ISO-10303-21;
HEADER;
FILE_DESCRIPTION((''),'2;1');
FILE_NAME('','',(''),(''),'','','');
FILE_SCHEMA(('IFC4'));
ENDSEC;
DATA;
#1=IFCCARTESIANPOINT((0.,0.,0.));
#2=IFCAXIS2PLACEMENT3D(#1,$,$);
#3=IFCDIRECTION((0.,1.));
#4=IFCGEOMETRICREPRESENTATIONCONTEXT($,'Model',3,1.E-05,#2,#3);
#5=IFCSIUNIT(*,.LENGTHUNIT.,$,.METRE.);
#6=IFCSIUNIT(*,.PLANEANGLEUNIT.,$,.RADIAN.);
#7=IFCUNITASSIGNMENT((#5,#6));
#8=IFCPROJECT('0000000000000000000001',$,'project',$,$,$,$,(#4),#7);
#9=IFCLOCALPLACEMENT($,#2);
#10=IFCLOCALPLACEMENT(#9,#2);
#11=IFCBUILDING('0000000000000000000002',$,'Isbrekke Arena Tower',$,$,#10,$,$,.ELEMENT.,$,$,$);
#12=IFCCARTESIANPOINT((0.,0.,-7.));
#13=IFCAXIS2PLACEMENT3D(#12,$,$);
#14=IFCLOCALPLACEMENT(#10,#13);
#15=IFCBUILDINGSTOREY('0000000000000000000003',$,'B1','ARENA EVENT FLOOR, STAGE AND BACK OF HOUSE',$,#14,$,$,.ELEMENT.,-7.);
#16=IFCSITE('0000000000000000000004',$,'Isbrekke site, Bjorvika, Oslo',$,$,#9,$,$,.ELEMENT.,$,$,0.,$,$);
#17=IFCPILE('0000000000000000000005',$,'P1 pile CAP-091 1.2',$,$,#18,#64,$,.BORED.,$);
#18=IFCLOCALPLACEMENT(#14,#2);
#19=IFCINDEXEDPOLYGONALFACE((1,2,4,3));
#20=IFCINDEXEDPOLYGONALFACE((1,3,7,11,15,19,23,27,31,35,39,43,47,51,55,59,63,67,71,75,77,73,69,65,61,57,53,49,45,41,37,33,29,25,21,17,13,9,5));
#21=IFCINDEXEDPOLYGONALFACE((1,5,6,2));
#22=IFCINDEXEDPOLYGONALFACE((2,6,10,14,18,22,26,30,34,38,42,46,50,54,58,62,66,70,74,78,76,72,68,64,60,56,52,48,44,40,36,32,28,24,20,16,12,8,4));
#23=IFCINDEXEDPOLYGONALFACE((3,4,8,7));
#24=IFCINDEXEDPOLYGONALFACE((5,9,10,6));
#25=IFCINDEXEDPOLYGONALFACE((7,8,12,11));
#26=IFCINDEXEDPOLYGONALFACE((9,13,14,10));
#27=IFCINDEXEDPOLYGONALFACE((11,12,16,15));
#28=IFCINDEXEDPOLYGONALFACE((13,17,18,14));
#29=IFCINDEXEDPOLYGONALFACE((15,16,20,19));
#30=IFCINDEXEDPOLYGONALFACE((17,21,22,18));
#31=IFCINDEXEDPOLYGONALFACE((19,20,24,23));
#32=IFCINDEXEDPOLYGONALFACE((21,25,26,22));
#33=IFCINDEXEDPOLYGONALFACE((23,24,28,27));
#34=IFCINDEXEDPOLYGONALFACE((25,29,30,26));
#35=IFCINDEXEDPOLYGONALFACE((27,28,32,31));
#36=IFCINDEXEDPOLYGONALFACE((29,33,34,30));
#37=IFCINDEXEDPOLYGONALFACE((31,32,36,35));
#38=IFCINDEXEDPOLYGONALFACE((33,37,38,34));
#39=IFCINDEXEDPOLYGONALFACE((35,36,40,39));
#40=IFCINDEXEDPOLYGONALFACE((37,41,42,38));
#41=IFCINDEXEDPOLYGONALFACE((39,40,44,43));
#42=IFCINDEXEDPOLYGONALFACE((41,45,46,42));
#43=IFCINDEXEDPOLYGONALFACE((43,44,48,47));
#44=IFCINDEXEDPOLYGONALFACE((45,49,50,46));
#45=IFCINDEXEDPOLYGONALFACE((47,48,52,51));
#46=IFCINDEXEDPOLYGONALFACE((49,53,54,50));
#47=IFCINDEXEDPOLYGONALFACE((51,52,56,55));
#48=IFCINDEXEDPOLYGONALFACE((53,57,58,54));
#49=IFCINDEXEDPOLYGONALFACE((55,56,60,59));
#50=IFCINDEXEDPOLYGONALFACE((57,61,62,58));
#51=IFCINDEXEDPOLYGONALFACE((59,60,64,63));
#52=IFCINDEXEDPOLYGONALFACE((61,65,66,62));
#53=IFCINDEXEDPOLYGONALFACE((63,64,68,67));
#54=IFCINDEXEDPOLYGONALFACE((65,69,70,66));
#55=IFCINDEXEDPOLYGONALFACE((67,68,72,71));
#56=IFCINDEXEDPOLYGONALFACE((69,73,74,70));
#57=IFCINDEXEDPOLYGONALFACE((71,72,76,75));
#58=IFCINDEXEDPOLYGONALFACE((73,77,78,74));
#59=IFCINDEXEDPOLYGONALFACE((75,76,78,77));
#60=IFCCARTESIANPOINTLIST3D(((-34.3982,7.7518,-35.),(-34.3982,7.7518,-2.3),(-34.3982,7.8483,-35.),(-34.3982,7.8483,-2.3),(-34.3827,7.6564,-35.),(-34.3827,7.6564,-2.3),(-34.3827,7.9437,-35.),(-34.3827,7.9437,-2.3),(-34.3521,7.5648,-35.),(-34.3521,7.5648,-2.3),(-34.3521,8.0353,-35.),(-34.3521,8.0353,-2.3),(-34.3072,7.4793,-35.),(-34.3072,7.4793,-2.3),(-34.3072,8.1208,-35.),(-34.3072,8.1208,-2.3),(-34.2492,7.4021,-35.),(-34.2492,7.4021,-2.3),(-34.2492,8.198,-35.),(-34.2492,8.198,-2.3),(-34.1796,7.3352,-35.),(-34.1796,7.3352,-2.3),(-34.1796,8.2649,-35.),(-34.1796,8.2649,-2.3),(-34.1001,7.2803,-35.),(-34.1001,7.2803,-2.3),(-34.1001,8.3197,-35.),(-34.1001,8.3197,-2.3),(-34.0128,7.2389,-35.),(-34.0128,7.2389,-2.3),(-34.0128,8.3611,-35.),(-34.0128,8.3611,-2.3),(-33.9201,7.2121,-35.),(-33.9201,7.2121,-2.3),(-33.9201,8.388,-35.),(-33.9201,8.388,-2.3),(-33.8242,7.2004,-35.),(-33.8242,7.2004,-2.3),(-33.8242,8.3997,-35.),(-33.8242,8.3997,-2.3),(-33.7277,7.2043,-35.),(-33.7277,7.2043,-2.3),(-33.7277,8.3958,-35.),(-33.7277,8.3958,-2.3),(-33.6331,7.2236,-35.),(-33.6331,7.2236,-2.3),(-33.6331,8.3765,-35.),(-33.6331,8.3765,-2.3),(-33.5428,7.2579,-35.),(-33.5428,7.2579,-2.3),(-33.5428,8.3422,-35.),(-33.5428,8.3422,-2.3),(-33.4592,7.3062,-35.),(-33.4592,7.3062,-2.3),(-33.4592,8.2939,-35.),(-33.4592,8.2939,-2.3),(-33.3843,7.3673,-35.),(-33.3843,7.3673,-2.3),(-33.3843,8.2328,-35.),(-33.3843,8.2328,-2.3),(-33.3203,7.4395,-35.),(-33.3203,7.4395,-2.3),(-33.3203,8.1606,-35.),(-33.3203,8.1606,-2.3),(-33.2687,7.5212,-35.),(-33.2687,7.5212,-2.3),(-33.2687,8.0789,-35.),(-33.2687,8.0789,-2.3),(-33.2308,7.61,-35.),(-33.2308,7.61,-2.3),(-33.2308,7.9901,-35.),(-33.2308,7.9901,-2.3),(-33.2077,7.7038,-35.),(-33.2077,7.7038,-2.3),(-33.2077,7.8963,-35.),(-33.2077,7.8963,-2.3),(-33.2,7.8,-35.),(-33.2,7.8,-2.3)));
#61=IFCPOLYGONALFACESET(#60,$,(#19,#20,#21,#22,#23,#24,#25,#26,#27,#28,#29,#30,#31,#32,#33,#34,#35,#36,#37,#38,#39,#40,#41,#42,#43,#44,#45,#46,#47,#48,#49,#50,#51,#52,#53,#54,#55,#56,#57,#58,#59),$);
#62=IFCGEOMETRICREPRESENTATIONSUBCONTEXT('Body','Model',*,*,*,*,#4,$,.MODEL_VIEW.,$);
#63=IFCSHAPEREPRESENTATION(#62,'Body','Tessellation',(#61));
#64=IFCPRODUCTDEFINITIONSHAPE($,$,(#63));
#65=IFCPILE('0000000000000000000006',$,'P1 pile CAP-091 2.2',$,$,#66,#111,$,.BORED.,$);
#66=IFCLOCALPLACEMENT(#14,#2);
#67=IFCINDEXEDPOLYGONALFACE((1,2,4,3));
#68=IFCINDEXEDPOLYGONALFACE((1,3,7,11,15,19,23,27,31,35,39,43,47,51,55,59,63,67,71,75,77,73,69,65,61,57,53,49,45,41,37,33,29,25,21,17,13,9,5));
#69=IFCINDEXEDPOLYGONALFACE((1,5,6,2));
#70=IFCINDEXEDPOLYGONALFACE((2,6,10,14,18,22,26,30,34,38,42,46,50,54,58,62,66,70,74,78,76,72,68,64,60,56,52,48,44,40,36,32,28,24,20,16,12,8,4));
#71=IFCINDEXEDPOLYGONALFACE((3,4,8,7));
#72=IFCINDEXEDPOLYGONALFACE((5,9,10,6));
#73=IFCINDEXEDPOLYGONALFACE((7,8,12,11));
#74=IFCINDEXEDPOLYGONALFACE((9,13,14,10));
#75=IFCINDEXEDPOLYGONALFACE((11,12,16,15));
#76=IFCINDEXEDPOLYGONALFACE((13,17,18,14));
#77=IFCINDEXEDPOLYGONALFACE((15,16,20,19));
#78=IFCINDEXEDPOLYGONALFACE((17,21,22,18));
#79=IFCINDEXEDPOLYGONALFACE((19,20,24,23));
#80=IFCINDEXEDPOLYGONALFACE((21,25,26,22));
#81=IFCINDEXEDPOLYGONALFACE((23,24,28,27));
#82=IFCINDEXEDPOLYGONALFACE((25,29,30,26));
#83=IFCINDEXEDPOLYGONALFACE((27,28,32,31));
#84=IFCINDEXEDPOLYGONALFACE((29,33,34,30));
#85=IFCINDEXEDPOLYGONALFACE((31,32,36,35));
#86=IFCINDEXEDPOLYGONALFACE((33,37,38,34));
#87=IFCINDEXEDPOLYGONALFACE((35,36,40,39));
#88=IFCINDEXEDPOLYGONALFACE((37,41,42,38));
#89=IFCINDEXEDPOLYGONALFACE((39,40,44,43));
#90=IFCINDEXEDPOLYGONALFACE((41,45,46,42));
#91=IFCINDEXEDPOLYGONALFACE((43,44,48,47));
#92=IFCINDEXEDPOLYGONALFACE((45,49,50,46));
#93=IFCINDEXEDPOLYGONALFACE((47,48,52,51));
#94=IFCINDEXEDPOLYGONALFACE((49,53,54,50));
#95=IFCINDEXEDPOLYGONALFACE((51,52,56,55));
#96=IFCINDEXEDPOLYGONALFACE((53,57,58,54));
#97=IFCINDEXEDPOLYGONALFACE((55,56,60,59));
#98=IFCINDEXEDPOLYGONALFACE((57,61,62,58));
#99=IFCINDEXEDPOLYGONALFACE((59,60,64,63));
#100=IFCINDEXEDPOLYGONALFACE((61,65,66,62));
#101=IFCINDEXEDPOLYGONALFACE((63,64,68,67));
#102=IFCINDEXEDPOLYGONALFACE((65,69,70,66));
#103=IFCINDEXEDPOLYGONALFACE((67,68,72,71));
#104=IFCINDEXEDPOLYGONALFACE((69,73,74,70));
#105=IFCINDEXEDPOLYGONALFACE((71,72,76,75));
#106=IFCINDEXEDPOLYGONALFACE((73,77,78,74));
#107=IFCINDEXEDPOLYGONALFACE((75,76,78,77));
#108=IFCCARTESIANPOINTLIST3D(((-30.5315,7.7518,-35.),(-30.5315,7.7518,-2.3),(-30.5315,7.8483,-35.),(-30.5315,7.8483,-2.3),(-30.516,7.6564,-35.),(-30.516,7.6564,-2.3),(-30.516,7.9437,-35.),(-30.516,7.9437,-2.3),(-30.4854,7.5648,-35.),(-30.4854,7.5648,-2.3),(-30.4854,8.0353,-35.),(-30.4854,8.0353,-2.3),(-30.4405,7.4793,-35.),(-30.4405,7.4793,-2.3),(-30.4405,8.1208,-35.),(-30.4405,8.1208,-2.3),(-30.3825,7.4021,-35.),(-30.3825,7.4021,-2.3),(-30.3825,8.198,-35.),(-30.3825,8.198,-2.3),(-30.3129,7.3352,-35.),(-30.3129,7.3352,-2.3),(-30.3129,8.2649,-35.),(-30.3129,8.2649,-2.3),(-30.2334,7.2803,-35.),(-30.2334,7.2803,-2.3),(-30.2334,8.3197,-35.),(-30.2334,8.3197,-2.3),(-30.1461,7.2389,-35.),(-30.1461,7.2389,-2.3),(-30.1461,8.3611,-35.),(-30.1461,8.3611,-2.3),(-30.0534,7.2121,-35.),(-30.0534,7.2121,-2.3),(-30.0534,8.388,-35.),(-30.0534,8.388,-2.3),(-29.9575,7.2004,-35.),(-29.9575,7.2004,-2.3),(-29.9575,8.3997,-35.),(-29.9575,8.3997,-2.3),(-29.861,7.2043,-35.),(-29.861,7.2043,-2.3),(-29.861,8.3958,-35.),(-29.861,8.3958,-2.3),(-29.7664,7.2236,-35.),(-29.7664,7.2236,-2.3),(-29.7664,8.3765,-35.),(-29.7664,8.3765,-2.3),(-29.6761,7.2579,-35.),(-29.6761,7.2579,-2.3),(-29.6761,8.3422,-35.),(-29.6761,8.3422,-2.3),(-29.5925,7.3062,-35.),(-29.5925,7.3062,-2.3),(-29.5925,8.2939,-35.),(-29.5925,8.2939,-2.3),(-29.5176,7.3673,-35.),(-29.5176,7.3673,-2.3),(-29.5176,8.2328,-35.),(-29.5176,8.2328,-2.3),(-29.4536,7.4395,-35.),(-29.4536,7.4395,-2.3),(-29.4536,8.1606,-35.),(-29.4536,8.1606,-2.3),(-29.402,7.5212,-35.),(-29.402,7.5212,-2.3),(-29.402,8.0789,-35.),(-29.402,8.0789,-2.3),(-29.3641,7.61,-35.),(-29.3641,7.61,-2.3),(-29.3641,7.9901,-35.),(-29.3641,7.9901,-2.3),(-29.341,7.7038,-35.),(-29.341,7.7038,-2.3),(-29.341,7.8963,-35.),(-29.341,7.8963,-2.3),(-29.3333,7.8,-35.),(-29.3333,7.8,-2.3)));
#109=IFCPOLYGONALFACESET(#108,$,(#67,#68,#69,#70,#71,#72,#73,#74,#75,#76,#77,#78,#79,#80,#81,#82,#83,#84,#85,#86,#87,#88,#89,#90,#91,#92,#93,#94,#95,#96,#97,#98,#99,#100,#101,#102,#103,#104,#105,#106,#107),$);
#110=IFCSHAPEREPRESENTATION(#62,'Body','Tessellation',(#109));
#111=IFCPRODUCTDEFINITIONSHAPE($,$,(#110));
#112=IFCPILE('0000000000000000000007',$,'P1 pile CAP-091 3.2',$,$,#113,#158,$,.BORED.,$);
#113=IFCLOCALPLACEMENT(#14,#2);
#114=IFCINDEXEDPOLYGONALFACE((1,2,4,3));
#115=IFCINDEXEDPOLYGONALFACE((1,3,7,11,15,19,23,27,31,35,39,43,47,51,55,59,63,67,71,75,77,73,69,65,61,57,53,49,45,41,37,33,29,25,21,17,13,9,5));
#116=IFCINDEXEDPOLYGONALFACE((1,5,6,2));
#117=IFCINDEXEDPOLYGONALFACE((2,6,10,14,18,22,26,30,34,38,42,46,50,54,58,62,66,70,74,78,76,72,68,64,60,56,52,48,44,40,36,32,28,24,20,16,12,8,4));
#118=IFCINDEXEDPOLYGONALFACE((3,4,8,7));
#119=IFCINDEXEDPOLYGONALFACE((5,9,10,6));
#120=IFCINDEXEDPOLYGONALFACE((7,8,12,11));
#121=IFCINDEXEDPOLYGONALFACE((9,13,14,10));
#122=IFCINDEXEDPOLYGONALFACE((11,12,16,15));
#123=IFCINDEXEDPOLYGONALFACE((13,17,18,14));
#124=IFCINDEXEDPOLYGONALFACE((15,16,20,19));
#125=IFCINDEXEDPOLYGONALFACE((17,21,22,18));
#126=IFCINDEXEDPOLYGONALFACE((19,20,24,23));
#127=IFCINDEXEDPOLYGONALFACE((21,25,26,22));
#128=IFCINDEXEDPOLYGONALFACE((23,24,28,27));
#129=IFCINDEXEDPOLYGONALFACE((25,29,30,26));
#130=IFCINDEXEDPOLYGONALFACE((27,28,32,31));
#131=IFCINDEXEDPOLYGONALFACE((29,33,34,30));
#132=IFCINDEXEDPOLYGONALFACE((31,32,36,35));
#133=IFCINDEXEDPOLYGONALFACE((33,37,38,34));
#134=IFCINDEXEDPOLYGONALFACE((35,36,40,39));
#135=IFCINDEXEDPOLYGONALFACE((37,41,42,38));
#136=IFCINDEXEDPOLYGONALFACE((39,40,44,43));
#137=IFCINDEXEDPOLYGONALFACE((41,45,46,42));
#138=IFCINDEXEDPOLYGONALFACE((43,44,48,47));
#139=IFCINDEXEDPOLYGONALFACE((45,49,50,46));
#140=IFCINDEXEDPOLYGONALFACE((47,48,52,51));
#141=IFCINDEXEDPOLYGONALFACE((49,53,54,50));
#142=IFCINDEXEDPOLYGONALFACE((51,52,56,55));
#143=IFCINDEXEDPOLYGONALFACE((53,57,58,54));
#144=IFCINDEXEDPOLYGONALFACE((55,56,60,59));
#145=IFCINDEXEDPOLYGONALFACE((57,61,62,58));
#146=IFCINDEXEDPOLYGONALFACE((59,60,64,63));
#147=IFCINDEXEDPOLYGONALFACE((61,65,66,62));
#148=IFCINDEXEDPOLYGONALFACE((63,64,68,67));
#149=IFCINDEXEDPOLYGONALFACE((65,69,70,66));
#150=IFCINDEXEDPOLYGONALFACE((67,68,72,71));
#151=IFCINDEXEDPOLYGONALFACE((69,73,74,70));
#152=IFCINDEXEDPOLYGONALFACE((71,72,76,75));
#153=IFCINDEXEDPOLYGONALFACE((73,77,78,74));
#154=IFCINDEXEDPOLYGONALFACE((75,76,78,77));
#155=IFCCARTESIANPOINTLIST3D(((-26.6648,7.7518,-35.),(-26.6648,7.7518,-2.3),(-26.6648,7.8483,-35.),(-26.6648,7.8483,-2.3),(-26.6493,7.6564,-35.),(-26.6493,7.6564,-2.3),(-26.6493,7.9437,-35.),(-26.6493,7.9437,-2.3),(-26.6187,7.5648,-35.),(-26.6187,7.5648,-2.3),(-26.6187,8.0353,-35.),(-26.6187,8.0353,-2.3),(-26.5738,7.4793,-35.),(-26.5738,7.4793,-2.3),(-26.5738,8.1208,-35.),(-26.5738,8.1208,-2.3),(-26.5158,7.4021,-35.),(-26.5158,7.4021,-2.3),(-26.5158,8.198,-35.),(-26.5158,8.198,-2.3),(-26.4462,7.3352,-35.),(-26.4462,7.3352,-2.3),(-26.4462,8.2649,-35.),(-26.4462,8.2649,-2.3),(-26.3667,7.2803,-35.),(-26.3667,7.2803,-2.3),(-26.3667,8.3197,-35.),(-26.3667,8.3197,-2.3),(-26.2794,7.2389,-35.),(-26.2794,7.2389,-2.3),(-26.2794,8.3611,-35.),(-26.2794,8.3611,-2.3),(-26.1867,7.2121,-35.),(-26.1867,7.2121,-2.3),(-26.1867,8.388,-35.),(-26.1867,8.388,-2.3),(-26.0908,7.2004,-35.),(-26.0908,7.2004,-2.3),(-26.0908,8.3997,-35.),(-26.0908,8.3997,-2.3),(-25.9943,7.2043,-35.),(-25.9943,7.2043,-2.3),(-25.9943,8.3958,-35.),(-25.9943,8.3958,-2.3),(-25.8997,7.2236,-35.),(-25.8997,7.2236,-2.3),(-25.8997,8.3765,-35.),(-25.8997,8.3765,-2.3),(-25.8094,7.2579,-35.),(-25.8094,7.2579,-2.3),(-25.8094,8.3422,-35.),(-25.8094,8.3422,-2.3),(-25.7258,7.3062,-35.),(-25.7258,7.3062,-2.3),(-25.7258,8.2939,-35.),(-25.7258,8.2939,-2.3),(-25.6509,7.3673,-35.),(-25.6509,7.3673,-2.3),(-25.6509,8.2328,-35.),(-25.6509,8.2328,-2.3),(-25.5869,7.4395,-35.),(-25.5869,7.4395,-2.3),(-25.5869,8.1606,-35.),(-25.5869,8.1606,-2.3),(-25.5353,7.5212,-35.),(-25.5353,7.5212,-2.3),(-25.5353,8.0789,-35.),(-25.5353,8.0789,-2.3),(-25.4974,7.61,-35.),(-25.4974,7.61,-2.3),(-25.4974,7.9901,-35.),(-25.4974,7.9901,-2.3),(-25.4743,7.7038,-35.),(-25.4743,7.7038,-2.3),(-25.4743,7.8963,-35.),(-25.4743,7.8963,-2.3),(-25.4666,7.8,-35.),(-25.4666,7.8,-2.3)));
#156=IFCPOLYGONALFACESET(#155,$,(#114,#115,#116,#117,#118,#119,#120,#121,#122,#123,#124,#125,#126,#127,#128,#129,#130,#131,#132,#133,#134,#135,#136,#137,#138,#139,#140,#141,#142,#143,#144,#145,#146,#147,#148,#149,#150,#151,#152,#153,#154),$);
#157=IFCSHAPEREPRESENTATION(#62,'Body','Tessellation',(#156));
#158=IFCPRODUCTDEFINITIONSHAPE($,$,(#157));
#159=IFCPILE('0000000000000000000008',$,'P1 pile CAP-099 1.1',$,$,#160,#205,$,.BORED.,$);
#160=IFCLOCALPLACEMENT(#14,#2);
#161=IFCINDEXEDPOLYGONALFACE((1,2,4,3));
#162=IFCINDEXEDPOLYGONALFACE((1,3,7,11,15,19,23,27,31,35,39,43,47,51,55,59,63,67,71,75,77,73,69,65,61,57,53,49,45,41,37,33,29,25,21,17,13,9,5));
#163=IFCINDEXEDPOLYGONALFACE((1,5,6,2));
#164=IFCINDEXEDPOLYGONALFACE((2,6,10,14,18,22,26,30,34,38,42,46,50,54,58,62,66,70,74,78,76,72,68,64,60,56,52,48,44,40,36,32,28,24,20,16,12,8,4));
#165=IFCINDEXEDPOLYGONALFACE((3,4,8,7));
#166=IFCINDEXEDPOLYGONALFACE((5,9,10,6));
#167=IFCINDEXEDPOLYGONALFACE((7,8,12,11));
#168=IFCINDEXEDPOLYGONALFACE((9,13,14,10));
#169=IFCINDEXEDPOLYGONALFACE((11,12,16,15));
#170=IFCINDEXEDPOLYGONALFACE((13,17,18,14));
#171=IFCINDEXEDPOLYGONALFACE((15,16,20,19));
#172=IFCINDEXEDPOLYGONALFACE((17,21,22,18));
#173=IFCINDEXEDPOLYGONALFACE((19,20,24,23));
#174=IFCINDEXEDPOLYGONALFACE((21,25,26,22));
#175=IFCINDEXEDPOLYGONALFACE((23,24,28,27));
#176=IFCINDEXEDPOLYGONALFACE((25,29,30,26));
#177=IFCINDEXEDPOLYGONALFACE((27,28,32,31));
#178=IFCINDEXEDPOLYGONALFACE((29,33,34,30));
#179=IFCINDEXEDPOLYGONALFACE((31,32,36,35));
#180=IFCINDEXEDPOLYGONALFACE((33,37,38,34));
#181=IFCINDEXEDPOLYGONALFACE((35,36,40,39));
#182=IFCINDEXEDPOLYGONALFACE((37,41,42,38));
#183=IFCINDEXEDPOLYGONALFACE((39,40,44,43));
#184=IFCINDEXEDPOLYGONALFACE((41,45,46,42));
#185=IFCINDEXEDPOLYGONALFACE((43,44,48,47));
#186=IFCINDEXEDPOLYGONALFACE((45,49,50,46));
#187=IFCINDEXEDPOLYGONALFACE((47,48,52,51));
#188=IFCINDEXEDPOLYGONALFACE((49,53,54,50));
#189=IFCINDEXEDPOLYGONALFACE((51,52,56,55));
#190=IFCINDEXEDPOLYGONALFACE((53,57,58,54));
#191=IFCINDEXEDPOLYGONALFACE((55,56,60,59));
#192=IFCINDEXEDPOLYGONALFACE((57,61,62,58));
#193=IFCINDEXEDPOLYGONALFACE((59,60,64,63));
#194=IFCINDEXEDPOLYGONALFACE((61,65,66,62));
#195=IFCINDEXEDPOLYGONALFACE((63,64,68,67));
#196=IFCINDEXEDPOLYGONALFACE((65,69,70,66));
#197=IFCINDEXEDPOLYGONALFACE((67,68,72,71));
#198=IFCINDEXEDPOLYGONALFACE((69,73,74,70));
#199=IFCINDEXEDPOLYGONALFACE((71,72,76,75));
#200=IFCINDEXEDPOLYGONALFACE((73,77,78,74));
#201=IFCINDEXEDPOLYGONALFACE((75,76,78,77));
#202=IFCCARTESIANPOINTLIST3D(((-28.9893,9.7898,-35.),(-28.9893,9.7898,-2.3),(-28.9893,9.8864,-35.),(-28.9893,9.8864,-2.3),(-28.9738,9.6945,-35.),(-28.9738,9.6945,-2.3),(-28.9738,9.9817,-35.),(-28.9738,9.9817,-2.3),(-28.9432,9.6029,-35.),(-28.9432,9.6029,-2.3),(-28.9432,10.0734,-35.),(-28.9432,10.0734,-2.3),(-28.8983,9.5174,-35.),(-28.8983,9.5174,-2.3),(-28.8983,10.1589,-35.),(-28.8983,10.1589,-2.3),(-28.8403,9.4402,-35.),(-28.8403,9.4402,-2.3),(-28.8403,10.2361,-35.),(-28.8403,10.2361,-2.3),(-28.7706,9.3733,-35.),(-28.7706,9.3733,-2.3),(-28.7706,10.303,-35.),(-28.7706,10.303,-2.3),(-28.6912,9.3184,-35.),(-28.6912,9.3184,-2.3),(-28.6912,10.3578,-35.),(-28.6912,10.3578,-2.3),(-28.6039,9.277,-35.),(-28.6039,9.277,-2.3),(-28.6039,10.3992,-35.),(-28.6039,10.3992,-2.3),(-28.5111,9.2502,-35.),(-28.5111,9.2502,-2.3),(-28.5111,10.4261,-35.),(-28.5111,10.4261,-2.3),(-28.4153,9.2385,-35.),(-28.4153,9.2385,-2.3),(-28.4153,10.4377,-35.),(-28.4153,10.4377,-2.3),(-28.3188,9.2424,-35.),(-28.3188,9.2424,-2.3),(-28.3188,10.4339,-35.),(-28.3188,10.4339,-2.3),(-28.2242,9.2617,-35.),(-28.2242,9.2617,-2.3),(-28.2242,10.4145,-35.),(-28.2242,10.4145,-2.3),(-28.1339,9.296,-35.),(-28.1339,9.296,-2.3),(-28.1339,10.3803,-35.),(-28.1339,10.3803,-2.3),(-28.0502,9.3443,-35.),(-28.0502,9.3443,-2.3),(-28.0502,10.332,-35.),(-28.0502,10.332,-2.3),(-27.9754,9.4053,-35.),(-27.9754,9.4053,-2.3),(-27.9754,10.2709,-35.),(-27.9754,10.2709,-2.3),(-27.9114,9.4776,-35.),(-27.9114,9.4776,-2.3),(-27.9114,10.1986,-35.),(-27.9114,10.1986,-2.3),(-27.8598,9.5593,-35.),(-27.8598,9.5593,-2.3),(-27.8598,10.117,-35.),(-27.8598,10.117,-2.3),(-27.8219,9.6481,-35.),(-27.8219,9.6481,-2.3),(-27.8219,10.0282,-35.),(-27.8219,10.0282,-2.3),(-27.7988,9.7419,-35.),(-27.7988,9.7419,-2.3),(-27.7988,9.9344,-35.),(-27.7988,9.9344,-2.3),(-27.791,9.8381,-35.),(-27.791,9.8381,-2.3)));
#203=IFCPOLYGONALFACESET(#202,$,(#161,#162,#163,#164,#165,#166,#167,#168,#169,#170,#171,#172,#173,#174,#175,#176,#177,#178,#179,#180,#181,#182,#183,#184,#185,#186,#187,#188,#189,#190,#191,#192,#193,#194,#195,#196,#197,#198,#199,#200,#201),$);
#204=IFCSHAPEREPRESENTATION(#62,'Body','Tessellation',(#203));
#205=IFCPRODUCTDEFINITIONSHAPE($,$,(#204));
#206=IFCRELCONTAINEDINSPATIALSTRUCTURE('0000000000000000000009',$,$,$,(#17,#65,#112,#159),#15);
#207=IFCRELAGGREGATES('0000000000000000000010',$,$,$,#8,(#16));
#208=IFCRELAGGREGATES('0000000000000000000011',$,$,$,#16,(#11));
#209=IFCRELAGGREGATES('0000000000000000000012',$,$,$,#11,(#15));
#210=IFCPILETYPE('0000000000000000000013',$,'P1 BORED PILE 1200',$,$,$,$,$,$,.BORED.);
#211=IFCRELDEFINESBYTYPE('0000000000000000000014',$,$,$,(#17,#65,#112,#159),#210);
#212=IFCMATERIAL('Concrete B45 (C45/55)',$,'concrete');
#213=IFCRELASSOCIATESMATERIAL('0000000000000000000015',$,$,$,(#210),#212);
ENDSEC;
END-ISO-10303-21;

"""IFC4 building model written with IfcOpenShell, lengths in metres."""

from ifc_helpers import new_model, si_unit, direction, frame, origin, origin_2d, place, context, subcontext, project, spatial, circle, extrude, material, material_profile, profile_set, type_object, element, save


model = new_model("IFC4")

# Units and contexts
model_context = context("Model", 3, precision=1e-05, world=origin(), true_north=direction((0.0, 1.0)))
body_context = subcontext(model_context, "Body", "Model", "MODEL_VIEW")
ifc_project = project(units=[si_unit("LENGTHUNIT", "METRE"), si_unit("PLANEANGLEUNIT", "RADIAN")], contexts=[model_context])

# Site, building, storey
site_placement = place(None, origin())
site = spatial("IfcSite", under=ifc_project, at=site_placement, Name="Isbrekke site, Bjorvika, Oslo", CompositionType="ELEMENT", RefElevation=0.0)
building_placement = place(site_placement, origin())
building = spatial("IfcBuilding", under=site, at=building_placement, Name="Isbrekke Arena Tower", CompositionType="ELEMENT")
storey_placement = place(building_placement, frame((0.0, 0.0, -7.0)))
storey = spatial("IfcBuildingStorey", under=building, at=storey_placement, Name="B1", Description="ARENA EVENT FLOOR, STAGE AND BACK OF HOUSE", CompositionType="ELEMENT", Elevation=-7.0)

# Piles
ifc_material_1 = material(Name="Concrete B45 (C45/55)", Category="concrete")
ifc_material_profile_1 = material_profile(ifc_material_1, circle(Radius=0.6001, at=origin_2d()), Name="BORED PILE D1200")
ifc_profile_set_1 = profile_set([ifc_material_profile_1], Name="Concrete B45 (C45/55)")
pile_type = type_object("IfcPileType", Name="P1 BORED PILE 1200", PredefinedType="BORED", material=ifc_profile_set_1)
for number, where, z_axis, x_axis, name in (
    (1, (-33.8, 7.8, -2.3), (0.0, 0.0, -1.0), (1.0, 0.0, 0.0), "P1 pile CAP-091 1.2"),
    (2, (-29.9333, 7.8, -2.3), (0.0, 0.0, -1.0), (1.0, 0.0, 0.0), "P1 pile CAP-091 2.2"),
    (3, (-26.0667, 7.8, -2.3), (0.0, 0.0, -1.0), (1.0, 0.0, 0.0), "P1 pile CAP-091 3.2"),
    (4, (-28.3911, 9.8381, -2.3), (0.0, 0.0, -1.0), (1.0, 0.0, 0.0), "P1 pile CAP-099 1.1"),
):
    element("IfcPile", number, at=place(storey_placement, frame(where, z_axis=z_axis, x_axis=x_axis)), inside=storey, type_object=pile_type, Name=name, PredefinedType="BORED", context=body_context, shape_type="SweptSolid", body=[
        extrude(circle(Radius=0.6001, at=origin_2d()), origin(), (0.0, 0.0, 1.0), 32.7),
    ])

save(model, "model.ifc")
